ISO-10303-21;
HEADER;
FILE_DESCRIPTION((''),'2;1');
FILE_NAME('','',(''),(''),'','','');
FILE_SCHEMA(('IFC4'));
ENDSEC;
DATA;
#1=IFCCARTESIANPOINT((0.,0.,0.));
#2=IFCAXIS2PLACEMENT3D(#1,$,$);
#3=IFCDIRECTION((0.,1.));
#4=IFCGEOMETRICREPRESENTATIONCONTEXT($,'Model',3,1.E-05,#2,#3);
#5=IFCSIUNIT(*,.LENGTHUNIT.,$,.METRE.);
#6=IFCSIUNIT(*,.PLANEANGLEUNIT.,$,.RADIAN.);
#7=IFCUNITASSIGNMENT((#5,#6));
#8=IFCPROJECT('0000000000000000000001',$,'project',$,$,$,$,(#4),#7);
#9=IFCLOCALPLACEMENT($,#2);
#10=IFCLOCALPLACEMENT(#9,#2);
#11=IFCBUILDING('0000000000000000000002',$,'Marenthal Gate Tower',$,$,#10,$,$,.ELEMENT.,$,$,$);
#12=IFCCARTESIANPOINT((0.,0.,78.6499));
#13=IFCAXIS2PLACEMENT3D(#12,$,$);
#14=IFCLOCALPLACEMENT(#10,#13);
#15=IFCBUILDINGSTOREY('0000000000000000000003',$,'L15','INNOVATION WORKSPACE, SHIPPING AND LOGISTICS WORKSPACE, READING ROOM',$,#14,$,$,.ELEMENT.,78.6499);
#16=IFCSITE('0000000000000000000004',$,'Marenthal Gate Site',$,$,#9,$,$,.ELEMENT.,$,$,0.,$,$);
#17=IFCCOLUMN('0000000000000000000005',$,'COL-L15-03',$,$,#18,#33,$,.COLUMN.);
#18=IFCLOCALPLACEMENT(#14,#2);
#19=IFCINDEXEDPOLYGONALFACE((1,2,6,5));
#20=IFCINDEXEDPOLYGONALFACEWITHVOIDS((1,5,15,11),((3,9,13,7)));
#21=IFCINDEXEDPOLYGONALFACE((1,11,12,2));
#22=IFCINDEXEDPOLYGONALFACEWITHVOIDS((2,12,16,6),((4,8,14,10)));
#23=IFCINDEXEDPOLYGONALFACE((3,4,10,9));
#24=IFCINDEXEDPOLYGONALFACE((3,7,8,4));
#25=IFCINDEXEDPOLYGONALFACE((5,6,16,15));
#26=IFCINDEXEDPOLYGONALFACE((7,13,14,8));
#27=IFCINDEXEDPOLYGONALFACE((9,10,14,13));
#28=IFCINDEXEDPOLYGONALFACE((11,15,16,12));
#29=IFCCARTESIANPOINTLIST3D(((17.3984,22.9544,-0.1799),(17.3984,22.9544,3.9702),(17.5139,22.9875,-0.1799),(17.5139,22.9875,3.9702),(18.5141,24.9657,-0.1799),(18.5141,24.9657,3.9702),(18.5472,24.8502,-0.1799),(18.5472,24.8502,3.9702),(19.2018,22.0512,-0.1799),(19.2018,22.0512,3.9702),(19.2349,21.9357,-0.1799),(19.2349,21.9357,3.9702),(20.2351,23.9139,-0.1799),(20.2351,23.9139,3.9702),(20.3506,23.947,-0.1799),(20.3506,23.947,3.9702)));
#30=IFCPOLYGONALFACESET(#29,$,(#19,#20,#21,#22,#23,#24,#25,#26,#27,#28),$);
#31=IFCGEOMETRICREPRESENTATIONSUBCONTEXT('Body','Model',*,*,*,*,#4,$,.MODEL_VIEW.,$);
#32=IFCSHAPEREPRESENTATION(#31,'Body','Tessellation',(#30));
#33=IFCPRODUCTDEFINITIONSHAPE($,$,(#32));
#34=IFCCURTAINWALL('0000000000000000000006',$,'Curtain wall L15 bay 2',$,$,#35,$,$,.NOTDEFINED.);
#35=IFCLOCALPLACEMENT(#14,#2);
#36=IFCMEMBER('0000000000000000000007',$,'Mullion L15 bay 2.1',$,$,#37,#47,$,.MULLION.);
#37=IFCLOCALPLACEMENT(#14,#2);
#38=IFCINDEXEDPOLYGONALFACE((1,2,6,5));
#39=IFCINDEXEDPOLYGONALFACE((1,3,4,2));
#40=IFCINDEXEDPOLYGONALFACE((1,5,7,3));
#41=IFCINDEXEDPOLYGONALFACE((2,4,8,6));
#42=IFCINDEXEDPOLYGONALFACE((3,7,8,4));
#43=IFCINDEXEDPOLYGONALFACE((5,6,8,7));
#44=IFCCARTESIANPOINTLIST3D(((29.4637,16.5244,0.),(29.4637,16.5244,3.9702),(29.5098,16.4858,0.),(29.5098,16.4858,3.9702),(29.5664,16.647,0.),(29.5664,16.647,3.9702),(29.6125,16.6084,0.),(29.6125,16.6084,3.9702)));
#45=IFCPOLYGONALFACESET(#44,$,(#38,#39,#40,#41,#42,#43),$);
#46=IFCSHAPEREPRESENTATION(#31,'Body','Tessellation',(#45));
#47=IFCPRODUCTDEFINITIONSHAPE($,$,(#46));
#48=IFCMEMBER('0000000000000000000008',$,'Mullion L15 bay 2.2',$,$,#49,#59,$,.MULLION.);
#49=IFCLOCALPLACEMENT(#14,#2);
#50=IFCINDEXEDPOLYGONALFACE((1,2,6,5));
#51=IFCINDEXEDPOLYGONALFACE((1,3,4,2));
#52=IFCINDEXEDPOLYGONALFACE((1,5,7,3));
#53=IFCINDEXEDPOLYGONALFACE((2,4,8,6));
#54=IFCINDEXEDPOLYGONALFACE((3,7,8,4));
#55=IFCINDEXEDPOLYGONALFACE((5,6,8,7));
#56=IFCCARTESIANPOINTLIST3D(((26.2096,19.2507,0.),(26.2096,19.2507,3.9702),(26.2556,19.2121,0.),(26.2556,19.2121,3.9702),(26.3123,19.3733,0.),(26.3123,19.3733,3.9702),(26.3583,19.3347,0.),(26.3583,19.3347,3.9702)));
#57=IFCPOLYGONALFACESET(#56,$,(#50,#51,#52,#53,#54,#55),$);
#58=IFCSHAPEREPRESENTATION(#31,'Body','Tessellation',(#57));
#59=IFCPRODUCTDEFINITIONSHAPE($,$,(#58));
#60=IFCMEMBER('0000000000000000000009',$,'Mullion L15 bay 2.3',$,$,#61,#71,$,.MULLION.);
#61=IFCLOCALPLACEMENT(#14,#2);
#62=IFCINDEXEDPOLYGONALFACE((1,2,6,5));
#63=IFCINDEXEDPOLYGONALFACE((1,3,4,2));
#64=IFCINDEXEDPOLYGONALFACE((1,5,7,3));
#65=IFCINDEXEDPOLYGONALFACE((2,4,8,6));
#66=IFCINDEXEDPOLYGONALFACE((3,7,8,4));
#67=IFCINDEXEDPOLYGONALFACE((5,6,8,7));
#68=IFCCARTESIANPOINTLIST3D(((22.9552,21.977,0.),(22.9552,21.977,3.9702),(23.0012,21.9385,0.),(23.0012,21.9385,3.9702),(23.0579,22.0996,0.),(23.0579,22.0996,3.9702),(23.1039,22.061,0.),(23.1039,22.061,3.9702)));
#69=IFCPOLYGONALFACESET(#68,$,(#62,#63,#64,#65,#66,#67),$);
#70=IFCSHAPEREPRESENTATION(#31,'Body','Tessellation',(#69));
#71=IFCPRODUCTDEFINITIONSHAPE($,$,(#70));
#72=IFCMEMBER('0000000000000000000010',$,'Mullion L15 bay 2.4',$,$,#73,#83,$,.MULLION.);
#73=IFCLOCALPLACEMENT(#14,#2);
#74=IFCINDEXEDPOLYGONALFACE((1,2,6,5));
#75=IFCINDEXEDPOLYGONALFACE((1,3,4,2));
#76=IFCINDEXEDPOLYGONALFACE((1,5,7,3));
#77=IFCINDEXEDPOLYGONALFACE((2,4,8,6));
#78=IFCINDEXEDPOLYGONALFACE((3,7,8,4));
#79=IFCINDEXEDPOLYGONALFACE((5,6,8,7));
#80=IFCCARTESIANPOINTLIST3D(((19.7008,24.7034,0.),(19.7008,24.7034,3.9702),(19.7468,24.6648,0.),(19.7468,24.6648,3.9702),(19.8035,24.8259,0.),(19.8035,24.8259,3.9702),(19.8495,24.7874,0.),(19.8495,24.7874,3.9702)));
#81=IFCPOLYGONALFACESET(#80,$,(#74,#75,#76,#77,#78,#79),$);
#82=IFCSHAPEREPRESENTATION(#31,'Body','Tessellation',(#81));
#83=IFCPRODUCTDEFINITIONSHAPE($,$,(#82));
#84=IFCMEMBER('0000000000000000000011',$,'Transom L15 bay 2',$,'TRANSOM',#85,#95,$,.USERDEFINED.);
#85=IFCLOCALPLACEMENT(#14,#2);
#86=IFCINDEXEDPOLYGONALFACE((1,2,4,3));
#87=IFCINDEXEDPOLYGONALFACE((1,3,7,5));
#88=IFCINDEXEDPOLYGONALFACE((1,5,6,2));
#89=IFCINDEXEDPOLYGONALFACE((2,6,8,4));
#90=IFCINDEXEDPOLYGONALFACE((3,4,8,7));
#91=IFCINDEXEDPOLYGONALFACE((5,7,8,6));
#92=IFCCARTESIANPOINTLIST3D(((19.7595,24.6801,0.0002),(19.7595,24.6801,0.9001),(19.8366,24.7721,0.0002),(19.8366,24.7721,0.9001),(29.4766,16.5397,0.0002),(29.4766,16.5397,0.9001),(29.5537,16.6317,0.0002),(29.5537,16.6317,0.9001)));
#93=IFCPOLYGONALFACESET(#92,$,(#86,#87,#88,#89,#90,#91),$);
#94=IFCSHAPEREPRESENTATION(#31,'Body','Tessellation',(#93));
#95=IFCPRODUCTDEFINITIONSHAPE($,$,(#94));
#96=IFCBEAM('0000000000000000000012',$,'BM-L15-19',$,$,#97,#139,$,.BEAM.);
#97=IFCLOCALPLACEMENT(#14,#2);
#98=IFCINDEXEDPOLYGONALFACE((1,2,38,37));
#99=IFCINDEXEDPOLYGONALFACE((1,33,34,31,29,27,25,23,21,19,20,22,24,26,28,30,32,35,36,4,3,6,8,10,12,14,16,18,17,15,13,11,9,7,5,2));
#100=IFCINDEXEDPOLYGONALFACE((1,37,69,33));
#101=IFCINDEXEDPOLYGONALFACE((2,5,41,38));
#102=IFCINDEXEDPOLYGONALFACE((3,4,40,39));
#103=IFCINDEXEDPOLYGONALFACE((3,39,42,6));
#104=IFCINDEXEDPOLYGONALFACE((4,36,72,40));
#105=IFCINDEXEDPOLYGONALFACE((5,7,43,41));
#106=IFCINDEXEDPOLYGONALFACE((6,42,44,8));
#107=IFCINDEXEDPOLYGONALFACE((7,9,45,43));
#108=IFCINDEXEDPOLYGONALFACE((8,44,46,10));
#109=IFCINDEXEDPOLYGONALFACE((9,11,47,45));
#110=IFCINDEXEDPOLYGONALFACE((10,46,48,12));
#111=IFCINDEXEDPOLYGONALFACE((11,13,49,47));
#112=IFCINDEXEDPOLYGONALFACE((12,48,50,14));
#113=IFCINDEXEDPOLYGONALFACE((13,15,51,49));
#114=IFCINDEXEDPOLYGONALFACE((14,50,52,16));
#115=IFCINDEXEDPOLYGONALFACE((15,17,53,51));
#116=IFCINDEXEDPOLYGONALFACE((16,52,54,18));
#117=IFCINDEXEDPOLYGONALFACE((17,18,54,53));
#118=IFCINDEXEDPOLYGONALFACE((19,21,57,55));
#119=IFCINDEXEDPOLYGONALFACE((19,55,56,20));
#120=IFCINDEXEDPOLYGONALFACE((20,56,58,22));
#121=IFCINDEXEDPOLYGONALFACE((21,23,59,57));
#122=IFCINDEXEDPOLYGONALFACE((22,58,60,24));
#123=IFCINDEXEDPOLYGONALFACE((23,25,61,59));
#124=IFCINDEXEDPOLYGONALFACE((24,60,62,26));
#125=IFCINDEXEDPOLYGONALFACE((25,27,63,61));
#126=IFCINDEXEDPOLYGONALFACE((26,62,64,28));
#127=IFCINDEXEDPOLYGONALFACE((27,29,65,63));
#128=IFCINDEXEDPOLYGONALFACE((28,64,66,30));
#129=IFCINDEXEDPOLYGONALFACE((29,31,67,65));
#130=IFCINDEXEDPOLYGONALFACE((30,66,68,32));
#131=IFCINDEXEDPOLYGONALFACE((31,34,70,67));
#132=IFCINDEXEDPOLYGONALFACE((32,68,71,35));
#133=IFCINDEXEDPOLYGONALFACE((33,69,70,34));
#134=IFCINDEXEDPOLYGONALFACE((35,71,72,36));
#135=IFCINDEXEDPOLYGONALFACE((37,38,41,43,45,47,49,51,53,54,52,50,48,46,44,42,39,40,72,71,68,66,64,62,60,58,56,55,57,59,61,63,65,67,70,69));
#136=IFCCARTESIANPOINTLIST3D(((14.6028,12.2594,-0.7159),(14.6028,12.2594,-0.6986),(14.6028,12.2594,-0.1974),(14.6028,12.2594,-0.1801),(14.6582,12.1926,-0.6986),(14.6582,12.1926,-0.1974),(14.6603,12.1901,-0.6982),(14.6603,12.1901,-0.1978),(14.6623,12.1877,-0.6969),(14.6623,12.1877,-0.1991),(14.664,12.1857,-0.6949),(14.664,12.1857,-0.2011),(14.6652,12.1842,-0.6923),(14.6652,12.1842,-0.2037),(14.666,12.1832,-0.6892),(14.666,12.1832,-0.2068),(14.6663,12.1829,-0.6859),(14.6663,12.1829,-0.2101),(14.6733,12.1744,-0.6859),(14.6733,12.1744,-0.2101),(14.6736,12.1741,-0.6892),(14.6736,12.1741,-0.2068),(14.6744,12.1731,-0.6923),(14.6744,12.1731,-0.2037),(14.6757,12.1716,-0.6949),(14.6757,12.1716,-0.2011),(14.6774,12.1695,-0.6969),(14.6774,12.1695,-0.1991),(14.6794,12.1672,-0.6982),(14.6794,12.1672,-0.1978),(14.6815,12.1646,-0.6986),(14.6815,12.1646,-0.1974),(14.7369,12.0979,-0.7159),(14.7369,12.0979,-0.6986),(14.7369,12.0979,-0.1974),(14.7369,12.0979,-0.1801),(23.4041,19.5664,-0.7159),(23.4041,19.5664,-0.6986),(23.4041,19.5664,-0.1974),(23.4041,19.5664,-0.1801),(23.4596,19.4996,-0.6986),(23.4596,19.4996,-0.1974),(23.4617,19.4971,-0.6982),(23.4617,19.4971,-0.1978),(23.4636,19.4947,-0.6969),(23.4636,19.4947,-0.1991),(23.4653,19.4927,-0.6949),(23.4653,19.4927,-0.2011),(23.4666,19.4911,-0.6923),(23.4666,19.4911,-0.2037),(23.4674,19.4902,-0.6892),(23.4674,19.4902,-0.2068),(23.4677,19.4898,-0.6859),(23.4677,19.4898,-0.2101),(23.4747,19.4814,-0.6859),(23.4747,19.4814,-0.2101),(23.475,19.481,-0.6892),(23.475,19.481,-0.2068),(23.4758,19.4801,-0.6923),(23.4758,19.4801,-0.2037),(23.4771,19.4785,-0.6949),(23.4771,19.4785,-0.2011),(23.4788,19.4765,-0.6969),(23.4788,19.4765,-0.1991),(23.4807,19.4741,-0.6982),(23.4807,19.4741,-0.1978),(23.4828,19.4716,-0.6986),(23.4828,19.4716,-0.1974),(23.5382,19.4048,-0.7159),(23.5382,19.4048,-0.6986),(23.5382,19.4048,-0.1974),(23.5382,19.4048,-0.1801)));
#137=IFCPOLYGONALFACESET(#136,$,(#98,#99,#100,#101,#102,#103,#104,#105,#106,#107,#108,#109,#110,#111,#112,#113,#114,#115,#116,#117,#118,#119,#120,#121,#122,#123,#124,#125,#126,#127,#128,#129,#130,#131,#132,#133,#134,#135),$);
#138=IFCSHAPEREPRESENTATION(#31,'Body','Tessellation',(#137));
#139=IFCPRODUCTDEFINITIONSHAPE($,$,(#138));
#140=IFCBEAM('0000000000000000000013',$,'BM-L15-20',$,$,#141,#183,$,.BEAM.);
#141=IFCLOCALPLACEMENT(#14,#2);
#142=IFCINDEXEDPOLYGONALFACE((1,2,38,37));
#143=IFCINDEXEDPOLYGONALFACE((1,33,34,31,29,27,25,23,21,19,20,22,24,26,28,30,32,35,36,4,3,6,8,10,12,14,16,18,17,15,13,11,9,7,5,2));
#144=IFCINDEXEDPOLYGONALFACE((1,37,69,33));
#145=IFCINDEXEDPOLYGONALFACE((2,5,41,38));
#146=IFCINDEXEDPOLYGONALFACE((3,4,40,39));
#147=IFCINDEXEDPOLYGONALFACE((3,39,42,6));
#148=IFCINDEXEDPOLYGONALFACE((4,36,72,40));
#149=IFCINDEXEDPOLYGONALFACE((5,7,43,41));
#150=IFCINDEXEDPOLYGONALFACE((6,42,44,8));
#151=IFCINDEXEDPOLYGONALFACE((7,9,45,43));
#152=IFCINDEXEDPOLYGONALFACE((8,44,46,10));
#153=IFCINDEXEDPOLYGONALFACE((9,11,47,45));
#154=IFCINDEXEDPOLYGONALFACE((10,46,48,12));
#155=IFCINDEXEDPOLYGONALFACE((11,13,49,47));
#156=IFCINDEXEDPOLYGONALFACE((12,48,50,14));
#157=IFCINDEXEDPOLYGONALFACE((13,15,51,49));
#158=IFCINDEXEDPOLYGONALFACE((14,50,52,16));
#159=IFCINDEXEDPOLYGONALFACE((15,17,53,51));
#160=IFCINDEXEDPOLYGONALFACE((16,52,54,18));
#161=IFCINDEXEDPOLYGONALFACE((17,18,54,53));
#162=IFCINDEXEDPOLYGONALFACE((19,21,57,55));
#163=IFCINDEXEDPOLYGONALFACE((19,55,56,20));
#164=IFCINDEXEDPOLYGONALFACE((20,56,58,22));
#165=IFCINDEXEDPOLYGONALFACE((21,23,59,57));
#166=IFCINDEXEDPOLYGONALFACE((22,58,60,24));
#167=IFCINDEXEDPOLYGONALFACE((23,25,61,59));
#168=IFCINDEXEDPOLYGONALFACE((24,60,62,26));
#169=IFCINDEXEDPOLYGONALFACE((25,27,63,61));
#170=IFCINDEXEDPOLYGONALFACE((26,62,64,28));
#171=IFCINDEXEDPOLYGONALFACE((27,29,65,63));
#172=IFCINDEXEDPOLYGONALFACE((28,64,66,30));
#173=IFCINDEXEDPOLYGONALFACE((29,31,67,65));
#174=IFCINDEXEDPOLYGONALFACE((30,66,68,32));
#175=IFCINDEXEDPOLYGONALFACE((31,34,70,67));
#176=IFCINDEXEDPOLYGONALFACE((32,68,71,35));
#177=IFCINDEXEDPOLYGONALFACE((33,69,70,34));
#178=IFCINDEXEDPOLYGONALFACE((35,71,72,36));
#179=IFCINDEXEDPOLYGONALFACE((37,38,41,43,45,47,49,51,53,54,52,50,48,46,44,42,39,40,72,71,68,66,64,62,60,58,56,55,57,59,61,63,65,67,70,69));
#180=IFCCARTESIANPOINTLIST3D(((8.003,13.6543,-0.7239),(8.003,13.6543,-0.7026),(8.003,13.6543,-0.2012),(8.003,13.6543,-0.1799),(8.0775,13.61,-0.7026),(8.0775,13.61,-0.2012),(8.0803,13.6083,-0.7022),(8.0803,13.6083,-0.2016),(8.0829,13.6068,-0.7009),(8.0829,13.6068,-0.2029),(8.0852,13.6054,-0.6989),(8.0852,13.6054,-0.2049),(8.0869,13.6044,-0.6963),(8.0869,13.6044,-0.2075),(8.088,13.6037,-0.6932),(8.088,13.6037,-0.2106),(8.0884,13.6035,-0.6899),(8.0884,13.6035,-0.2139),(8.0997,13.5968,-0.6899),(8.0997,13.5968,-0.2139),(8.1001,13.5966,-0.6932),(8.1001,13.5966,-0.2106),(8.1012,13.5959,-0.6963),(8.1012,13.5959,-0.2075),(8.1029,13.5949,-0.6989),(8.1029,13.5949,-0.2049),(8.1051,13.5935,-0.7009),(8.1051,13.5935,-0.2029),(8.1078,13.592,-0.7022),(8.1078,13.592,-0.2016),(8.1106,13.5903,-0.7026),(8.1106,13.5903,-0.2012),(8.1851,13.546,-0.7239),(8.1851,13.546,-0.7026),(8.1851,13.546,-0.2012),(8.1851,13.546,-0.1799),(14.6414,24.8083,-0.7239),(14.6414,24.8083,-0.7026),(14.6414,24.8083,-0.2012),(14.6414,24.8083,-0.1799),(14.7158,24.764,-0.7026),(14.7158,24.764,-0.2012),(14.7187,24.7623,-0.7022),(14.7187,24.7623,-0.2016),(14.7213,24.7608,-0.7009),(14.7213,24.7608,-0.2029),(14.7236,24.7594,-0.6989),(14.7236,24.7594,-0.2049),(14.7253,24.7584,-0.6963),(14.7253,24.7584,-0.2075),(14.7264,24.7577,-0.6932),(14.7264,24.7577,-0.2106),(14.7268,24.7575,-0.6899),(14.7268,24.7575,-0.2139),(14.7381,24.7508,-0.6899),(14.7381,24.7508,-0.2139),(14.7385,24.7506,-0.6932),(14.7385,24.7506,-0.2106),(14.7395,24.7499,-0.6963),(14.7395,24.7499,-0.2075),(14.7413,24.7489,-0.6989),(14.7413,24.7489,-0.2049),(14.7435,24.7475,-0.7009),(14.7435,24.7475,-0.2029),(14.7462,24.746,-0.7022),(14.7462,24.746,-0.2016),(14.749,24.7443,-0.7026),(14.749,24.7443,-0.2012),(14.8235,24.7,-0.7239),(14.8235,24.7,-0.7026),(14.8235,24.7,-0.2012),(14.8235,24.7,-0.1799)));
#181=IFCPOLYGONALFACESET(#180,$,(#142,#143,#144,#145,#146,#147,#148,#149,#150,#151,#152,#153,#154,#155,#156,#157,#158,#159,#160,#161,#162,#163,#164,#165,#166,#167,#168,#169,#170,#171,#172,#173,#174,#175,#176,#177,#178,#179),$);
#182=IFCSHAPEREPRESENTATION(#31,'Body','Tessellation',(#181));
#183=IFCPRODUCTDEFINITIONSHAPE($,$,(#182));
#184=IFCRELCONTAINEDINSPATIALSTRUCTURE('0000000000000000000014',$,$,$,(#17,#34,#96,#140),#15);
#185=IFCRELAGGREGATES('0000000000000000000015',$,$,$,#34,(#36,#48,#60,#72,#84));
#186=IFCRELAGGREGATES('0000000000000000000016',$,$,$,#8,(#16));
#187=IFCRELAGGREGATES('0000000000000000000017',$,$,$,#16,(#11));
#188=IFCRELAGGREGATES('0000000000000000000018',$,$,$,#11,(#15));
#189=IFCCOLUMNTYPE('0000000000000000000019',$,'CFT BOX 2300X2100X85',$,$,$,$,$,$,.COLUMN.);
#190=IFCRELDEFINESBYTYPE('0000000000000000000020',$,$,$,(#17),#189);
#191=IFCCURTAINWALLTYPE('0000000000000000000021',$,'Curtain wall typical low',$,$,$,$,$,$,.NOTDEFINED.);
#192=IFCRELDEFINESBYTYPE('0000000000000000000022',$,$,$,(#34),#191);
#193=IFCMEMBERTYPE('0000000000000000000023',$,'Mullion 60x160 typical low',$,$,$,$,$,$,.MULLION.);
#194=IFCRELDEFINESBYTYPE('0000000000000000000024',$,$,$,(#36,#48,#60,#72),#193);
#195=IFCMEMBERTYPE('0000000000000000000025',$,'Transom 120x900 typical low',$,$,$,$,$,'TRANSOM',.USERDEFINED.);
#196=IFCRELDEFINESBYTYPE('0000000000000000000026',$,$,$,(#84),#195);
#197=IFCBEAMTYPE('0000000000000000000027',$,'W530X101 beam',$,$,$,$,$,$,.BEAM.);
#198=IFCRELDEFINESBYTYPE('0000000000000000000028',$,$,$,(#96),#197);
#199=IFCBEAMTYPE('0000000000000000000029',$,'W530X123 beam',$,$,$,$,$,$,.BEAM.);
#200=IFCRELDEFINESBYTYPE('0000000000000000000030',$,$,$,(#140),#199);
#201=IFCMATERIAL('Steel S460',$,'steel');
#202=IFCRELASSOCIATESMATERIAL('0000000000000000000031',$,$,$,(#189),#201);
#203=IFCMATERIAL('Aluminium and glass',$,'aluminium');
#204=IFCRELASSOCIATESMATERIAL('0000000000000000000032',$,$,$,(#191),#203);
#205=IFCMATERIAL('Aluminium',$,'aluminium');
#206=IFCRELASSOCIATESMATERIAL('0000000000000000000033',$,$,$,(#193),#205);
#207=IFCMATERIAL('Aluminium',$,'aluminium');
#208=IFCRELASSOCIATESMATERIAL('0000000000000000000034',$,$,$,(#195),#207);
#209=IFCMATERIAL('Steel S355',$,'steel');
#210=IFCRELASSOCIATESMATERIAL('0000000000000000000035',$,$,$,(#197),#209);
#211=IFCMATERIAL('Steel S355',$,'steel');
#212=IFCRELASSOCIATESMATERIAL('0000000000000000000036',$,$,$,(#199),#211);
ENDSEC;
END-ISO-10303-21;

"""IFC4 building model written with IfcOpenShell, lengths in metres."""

from ifc_helpers import new_model, si_unit, direction, frame, origin, origin_2d, place, context, subcontext, project, spatial, rectangle, hollow_rectangle, i_section, extrude, material, material_profile, profile_set, type_object, element, aggregate, save


model = new_model("IFC4")

# Units and contexts
model_context = context("Model", 3, precision=1e-05, world=origin(), true_north=direction((0.0, 1.0)))
body_context = subcontext(model_context, "Body", "Model", "MODEL_VIEW")
ifc_project = project(units=[si_unit("LENGTHUNIT", "METRE"), si_unit("PLANEANGLEUNIT", "RADIAN")], contexts=[model_context])

# Site, building, storey
site_placement = place(None, origin())
site = spatial("IfcSite", under=ifc_project, at=site_placement, Name="Marenthal Gate Site", CompositionType="ELEMENT", RefElevation=0.0)
building_placement = place(site_placement, origin())
building = spatial("IfcBuilding", under=site, at=building_placement, Name="Marenthal Gate Tower", CompositionType="ELEMENT")
storey_placement = place(building_placement, frame((0.0, 0.0, 78.6499)))
storey = spatial("IfcBuildingStorey", under=building, at=storey_placement, Name="L15", Description="INNOVATION WORKSPACE, SHIPPING AND LOGISTICS WORKSPACE, READING ROOM", CompositionType="ELEMENT", Elevation=78.6499)

# Column
ifc_material_1 = material(Name="Steel S460", Category="steel")
ifc_material_profile_1 = material_profile(ifc_material_1, hollow_rectangle(XDim=2.1001, YDim=2.3, WallThickness=0.085, at=origin_2d()), Name="CFT BOX 2300X2100X85")
ifc_material_2 = material(Name="Concrete 70 MPa", Category="concrete")
ifc_material_profile_2 = material_profile(ifc_material_2, rectangle(XDim=1.9299, YDim=2.1299, at=origin_2d()), Name="CFT BOX 2300X2100X85 INFILL")
ifc_profile_set_1 = profile_set([ifc_material_profile_1, ifc_material_profile_2], Name="Steel S460 shell, Concrete 70 MPa infill")
column_type = type_object("IfcColumnType", Name="CFT BOX 2300X2100X85", PredefinedType="COLUMN", material=ifc_profile_set_1)
column_placement = place(storey_placement, frame((18.8745, 23.4507, -0.1799), z_axis=(0.0, 0.0, 1.0), x_axis=(0.874469, -0.485081, 0.0)))
element("IfcColumn", 1, at=column_placement, inside=storey, type_object=column_type, Name="COL-L15-03", PredefinedType="COLUMN", context=body_context, shape_type="SweptSolid", body=[
    extrude(hollow_rectangle(XDim=2.1001, YDim=2.3, WallThickness=0.085, at=origin_2d()), origin(), (0.0, 0.0, 1.0), 4.1501),
])

# Curtain wall, members
ifc_material_3 = material(Name="Aluminium and glass", Category="aluminium")
curtain_wall_type = type_object("IfcCurtainWallType", Name="Curtain wall typical low", PredefinedType="NOTDEFINED", material=ifc_material_3)
curtain_wall_placement = place(storey_placement, origin())
curtain_wall = element("IfcCurtainWall", 2, at=curtain_wall_placement, inside=storey, type_object=curtain_wall_type, Name="Curtain wall L15 bay 2", PredefinedType="NOTDEFINED")
ifc_material_4 = material(Name="Aluminium", Category="aluminium")
ifc_material_profile_3 = material_profile(ifc_material_4, rectangle(XDim=0.1599, YDim=0.0601, at=origin_2d()), Name="60x160 aluminium mullion")
ifc_profile_set_2 = profile_set([ifc_material_profile_3], Name="Aluminium")
member_type_1 = type_object("IfcMemberType", Name="Mullion 60x160 typical low", PredefinedType="MULLION", material=ifc_profile_set_2)
member_1_placement = place(storey_placement, frame((29.5381, 16.5664, 0.0), z_axis=(0.0, 0.0, 1.0), x_axis=(-0.642176, -0.766557, 0.0)))
member_1 = element("IfcMember", 3, at=member_1_placement, type_object=member_type_1, Name="Mullion L15 bay 2.1", PredefinedType="MULLION", context=body_context, shape_type="SweptSolid", body=[
    extrude(rectangle(XDim=0.1599, YDim=0.0601, at=origin_2d()), origin(), (0.0, 0.0, 1.0), 3.9702),
])
member_2_placement = place(storey_placement, frame((26.2839, 19.2927, 0.0), z_axis=(0.0, 0.0, 1.0), x_axis=(-0.642176, -0.766557, 0.0)))
member_2 = element("IfcMember", 4, at=member_2_placement, type_object=member_type_1, Name="Mullion L15 bay 2.2", PredefinedType="MULLION", context=body_context, shape_type="SweptSolid", body=[
    extrude(rectangle(XDim=0.1599, YDim=0.0601, at=origin_2d()), origin(), (0.0, 0.0, 1.0), 3.9702),
])
member_3_placement = place(storey_placement, frame((23.0295, 22.019, 0.0), z_axis=(0.0, 0.0, 1.0), x_axis=(-0.642176, -0.766557, 0.0)))
member_3 = element("IfcMember", 5, at=member_3_placement, type_object=member_type_1, Name="Mullion L15 bay 2.3", PredefinedType="MULLION", context=body_context, shape_type="SweptSolid", body=[
    extrude(rectangle(XDim=0.1599, YDim=0.0601, at=origin_2d()), origin(), (0.0, 0.0, 1.0), 3.9702),
])
member_4_placement = place(storey_placement, frame((19.7751, 24.7454, 0.0), z_axis=(0.0, 0.0, 1.0), x_axis=(-0.642176, -0.766557, 0.0)))
member_4 = element("IfcMember", 6, at=member_4_placement, type_object=member_type_1, Name="Mullion L15 bay 2.4", PredefinedType="MULLION", context=body_context, shape_type="SweptSolid", body=[
    extrude(rectangle(XDim=0.1599, YDim=0.0601, at=origin_2d()), origin(), (0.0, 0.0, 1.0), 3.9702),
])
ifc_material_5 = material(Name="Aluminium", Category="aluminium")
ifc_material_profile_4 = material_profile(ifc_material_5, rectangle(XDim=0.1201, YDim=0.8999, at=origin_2d()), Name="120x900 aluminium transom")
ifc_profile_set_3 = profile_set([ifc_material_profile_4], Name="Aluminium")
member_type_2 = type_object("IfcMemberType", Name="Transom 120x900 typical low", ElementType="TRANSOM", PredefinedType="USERDEFINED", material=ifc_profile_set_3)
member_5_placement = place(storey_placement, frame((29.5151, 16.5857, 0.4502), z_axis=(-0.766556, 0.642177, 0.0), x_axis=(-0.642177, -0.766556, 0.0)))
member_5 = element("IfcMember", 7, at=member_5_placement, type_object=member_type_2, Name="Transom L15 bay 2", ObjectType="TRANSOM", PredefinedType="USERDEFINED", context=body_context, shape_type="SweptSolid", body=[
    extrude(rectangle(XDim=0.1201, YDim=0.8999, at=origin_2d()), origin(), (0.0, 0.0, 1.0), 12.6763),
])

# Beams
ifc_material_6 = material(Name="Steel S355", Category="steel")
ifc_material_profile_5 = material_profile(ifc_material_6, i_section(OverallWidth=0.21, OverallDepth=0.5359, WebThickness=0.011, FlangeThickness=0.0173, FilletRadius=0.0127, at=origin_2d()), Name="W530X101")
ifc_profile_set_4 = profile_set([ifc_material_profile_5], Name="Steel S355")
beam_type_1 = type_object("IfcBeamType", Name="W530X101 beam", PredefinedType="BEAM", material=ifc_profile_set_4)
beam_1_placement = place(storey_placement, frame((23.4712, 19.4856, -0.448), z_axis=(-0.769403, -0.638764, 0.0), x_axis=(0.638764, -0.769403, 0.0)))
element("IfcBeam", 8, at=beam_1_placement, inside=storey, type_object=beam_type_1, Name="BM-L15-19", PredefinedType="BEAM", context=body_context, shape_type="SweptSolid", body=[
    extrude(i_section(OverallWidth=0.21, OverallDepth=0.5359, WebThickness=0.011, FlangeThickness=0.0173, FilletRadius=0.0127, at=origin_2d()), origin(), (0.0, 0.0, 1.0), 11.4392),
])
ifc_material_7 = material(Name="Steel S355", Category="steel")
ifc_material_profile_6 = material_profile(ifc_material_7, i_section(OverallWidth=0.2119, OverallDepth=0.5439, WebThickness=0.0132, FlangeThickness=0.0212, FilletRadius=0.0127, at=origin_2d()), Name="W530X123")
ifc_profile_set_5 = profile_set([ifc_material_profile_6], Name="Steel S355")
beam_type_2 = type_object("IfcBeamType", Name="W530X123 beam", PredefinedType="BEAM", material=ifc_profile_set_5)
beam_2_placement = place(storey_placement, frame((14.7324, 24.7542, -0.4519), z_axis=(-0.511433, -0.859323, 0.0), x_axis=(0.859323, -0.511433, 0.0)))
element("IfcBeam", 9, at=beam_2_placement, inside=storey, type_object=beam_type_2, Name="BM-L15-20", PredefinedType="BEAM", context=body_context, shape_type="SweptSolid", body=[
    extrude(i_section(OverallWidth=0.2119, OverallDepth=0.5439, WebThickness=0.0132, FlangeThickness=0.0212, FilletRadius=0.0127, at=origin_2d()), origin(), (0.0, 0.0, 1.0), 12.98),
])

aggregate(curtain_wall, [member_1, member_2, member_3, member_4, member_5])

save(model, "model.ifc")
